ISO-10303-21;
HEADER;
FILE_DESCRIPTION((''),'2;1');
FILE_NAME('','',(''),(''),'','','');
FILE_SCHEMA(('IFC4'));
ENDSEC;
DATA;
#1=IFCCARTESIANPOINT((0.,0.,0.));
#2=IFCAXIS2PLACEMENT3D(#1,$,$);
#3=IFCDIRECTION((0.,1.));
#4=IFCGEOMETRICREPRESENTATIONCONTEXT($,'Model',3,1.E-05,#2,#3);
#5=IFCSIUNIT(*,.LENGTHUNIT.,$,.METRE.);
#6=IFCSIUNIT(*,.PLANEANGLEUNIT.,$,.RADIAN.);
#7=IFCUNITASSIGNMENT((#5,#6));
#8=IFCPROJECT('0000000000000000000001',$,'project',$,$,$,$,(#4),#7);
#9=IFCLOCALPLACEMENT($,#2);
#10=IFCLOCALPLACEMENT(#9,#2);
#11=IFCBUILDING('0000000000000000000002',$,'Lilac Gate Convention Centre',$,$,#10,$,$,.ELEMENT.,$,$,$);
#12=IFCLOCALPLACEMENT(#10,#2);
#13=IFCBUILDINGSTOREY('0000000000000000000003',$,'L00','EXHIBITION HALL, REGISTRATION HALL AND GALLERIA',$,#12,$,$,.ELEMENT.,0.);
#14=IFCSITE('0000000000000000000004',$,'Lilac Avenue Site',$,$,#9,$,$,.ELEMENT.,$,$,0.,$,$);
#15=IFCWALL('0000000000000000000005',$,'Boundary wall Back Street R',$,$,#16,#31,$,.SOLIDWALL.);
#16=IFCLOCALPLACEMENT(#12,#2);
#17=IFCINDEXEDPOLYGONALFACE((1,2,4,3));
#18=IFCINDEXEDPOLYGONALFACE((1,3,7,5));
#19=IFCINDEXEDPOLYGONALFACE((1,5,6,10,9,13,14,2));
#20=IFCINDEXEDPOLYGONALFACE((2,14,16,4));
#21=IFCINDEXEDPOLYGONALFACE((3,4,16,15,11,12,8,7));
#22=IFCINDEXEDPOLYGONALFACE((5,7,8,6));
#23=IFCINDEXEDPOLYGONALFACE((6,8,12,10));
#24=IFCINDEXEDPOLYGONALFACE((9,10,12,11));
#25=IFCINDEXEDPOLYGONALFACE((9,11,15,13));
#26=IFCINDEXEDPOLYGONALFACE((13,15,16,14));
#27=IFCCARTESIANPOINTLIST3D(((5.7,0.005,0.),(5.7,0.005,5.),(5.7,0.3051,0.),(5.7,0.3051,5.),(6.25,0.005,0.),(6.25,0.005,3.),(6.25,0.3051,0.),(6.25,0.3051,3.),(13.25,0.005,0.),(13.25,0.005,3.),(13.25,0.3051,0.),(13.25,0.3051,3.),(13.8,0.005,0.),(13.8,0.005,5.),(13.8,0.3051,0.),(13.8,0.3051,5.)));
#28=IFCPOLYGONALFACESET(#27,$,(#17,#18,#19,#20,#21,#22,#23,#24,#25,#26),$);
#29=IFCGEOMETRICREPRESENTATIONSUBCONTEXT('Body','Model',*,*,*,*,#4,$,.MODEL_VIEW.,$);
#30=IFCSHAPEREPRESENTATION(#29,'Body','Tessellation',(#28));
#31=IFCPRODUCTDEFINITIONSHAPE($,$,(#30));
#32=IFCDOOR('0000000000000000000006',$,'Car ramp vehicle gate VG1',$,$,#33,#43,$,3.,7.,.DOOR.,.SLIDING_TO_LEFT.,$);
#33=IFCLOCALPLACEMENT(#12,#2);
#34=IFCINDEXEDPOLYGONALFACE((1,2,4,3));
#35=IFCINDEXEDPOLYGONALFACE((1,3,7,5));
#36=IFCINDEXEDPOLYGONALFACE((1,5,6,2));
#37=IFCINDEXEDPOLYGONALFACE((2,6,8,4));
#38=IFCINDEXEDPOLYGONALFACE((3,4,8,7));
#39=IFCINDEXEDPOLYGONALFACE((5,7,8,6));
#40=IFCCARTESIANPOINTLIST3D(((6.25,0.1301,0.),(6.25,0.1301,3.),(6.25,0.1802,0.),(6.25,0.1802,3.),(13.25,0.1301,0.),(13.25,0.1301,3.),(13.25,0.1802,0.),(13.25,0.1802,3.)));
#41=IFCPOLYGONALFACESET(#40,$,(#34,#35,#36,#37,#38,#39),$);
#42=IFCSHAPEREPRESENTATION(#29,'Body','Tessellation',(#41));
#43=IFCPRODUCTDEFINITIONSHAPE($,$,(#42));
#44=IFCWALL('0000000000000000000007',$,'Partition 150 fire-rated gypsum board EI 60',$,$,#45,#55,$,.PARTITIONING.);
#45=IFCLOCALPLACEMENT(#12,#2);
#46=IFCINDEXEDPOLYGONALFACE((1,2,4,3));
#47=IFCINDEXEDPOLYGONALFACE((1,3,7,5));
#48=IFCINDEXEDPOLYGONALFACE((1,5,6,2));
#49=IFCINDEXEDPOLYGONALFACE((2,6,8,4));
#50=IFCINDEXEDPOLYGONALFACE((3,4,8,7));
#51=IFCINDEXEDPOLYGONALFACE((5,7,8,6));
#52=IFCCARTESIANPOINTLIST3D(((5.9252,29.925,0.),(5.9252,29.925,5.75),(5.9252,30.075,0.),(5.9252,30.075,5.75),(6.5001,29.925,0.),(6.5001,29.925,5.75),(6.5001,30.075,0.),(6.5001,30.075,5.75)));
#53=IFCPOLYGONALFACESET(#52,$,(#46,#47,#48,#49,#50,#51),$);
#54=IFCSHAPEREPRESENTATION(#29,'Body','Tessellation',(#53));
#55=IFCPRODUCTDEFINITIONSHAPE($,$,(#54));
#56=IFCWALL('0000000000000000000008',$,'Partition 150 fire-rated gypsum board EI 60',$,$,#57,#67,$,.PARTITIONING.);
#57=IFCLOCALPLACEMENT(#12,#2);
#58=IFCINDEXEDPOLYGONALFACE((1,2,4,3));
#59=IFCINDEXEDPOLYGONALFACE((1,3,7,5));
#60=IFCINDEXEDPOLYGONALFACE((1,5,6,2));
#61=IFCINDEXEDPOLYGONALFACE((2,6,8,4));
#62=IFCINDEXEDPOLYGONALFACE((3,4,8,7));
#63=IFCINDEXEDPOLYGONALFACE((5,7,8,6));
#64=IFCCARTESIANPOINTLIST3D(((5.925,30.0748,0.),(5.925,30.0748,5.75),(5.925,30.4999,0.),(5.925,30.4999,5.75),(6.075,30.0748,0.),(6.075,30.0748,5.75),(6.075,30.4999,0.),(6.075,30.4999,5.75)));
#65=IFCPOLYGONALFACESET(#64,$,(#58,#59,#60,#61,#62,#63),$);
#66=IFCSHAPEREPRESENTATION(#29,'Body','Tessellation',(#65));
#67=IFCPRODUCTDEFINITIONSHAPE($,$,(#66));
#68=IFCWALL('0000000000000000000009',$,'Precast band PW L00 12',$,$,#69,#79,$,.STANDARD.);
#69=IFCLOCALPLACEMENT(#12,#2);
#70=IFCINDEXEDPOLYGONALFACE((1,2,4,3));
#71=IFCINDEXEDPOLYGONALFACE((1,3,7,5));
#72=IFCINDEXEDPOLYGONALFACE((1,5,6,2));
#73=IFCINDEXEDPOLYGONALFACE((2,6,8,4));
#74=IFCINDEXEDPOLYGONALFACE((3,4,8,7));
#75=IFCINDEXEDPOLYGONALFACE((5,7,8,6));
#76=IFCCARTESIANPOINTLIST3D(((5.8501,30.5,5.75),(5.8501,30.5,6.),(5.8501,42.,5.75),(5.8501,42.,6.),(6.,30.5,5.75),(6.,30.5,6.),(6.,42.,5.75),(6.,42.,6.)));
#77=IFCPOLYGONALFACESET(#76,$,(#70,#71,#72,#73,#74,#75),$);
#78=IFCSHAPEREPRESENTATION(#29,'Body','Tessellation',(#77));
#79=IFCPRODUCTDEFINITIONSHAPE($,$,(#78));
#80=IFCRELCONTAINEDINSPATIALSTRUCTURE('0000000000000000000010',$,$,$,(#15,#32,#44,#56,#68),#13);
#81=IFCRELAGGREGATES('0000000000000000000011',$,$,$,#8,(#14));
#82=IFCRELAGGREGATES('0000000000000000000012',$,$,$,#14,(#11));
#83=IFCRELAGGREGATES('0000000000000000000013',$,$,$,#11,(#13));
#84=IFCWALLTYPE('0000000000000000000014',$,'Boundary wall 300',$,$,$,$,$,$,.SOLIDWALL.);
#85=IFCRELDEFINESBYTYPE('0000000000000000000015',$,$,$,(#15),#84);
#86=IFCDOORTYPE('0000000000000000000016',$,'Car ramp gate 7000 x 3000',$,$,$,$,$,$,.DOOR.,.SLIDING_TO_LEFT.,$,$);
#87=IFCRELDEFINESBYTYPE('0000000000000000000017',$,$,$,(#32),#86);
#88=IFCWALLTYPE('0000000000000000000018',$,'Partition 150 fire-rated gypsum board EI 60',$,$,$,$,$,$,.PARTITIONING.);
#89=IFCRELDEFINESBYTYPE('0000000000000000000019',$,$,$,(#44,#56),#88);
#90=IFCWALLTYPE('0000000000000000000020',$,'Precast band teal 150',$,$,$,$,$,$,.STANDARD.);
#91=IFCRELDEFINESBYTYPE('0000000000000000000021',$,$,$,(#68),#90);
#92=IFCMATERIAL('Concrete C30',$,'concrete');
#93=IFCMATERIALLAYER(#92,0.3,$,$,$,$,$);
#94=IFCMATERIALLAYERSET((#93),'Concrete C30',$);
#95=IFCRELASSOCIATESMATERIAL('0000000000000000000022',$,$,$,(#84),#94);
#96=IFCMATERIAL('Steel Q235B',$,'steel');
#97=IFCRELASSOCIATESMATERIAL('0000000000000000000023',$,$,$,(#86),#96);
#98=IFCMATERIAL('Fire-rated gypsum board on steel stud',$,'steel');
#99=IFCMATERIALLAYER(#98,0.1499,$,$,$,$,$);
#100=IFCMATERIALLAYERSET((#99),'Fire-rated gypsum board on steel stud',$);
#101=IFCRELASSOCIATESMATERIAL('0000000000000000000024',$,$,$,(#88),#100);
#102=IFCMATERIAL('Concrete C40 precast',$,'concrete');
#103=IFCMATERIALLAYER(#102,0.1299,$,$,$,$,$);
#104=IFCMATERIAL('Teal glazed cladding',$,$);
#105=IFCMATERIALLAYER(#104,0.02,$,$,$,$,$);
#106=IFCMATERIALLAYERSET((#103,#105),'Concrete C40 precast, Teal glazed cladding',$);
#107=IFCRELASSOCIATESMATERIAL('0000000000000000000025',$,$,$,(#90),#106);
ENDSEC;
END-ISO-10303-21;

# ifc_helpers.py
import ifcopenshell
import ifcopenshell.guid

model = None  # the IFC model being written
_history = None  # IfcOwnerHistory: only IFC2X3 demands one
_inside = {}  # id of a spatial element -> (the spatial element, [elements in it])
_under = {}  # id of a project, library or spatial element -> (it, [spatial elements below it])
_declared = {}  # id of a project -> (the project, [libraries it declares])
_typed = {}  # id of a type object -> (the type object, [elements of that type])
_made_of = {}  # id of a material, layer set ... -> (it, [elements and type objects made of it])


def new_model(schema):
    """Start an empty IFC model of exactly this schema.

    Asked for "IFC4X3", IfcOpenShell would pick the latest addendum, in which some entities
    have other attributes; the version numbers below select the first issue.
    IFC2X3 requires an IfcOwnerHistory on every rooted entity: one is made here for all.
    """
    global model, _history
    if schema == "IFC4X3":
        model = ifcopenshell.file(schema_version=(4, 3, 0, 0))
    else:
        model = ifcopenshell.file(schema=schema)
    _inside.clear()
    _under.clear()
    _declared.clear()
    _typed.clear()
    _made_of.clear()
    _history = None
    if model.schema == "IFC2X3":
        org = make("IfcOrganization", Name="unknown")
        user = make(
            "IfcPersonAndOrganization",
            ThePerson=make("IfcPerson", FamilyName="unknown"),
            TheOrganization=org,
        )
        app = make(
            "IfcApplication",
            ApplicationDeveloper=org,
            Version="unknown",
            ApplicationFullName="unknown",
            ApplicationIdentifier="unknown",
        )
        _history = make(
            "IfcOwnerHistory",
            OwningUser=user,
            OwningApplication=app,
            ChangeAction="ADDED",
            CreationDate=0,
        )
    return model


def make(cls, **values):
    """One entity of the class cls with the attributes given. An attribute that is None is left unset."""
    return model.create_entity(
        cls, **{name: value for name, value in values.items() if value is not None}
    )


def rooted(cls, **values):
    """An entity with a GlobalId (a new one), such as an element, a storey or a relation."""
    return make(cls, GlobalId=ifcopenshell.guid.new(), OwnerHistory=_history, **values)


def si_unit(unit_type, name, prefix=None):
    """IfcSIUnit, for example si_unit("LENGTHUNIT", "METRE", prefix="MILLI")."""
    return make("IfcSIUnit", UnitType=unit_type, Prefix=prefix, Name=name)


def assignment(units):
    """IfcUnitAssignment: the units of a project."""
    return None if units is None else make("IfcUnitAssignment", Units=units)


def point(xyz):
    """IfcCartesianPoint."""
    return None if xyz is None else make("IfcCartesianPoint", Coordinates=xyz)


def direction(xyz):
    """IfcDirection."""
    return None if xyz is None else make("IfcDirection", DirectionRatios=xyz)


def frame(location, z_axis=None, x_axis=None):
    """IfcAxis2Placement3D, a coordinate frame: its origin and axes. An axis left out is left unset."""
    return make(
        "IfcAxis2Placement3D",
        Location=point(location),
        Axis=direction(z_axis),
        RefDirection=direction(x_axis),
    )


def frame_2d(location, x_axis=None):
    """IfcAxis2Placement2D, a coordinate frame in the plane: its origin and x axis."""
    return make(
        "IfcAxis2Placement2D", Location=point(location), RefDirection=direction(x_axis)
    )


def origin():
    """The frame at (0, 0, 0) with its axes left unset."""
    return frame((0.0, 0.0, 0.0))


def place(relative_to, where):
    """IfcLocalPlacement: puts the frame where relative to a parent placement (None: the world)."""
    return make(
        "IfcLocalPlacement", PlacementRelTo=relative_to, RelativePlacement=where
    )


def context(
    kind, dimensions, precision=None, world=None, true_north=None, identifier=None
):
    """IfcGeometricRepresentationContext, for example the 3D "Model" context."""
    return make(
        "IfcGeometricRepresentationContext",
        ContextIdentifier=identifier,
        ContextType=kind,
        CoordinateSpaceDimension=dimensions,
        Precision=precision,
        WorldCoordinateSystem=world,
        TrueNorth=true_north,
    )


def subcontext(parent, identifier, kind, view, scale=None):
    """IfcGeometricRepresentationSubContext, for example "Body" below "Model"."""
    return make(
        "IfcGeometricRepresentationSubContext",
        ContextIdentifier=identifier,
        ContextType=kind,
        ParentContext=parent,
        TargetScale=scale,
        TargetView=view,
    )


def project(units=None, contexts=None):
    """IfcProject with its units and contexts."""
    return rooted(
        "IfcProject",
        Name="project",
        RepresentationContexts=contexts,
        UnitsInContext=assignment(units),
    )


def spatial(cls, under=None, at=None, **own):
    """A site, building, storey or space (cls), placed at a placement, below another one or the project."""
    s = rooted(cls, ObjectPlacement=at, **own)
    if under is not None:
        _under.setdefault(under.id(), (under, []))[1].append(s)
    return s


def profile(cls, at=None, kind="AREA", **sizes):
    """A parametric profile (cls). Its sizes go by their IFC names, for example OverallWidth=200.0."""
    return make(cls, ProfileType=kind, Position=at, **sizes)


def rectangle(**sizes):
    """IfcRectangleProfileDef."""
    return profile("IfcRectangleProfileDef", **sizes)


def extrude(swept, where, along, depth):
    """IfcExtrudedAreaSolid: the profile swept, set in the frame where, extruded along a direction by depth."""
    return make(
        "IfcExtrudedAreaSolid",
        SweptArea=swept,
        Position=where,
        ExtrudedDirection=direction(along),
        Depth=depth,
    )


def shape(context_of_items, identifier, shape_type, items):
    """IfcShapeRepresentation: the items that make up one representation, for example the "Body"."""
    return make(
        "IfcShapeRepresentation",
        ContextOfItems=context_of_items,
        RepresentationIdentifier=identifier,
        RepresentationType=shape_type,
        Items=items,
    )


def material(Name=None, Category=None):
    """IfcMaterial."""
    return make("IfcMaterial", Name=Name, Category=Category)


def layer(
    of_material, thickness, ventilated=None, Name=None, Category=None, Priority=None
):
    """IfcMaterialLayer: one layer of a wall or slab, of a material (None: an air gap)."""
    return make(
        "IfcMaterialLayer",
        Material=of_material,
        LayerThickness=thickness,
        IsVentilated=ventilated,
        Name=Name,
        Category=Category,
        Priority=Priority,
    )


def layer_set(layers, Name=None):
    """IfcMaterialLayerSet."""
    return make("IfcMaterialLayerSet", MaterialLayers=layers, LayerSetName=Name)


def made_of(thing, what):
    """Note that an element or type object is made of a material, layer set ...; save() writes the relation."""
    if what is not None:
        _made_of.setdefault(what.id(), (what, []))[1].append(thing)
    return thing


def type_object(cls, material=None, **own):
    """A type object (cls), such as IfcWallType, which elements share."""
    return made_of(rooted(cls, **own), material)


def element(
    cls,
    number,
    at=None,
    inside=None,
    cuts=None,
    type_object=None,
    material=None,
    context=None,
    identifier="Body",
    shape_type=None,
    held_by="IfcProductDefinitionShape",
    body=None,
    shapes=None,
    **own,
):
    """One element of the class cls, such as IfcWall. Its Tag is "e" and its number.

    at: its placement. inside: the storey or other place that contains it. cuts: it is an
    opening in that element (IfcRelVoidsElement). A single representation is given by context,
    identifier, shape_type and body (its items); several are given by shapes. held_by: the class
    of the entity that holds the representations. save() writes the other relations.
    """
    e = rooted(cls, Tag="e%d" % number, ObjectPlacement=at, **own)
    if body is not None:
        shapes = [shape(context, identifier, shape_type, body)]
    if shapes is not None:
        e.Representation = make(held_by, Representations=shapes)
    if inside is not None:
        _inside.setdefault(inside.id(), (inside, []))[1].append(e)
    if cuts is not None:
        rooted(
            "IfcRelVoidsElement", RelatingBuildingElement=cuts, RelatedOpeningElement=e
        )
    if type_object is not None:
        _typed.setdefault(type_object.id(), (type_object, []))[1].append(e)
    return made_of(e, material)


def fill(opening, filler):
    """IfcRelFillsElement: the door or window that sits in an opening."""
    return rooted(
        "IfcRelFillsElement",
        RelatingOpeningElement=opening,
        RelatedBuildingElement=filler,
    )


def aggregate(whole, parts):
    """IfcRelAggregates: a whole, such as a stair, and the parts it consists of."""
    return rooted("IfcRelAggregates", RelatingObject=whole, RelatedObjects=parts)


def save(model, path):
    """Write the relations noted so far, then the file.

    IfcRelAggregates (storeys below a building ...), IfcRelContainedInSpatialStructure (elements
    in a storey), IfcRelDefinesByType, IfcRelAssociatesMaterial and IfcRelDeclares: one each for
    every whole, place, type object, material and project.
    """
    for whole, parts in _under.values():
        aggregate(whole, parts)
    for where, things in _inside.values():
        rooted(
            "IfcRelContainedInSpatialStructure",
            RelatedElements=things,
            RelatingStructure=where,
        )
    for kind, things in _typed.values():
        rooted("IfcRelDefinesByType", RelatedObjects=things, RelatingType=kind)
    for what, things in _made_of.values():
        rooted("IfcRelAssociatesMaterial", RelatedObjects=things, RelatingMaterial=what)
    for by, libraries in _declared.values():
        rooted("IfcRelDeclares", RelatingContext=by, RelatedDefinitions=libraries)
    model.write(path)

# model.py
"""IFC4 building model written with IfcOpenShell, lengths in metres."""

from ifc_helpers import new_model, si_unit, direction, frame, frame_2d, origin, place, context, subcontext, project, spatial, rectangle, extrude, material, layer, layer_set, type_object, element, fill, save


model = new_model("IFC4")

# Units and contexts
model_context = context("Model", 3, precision=1e-05, world=origin(), true_north=direction((0.0, 1.0)))
body_context = subcontext(model_context, "Body", "Model", "MODEL_VIEW")
ifc_project = project(units=[si_unit("LENGTHUNIT", "METRE"), si_unit("PLANEANGLEUNIT", "RADIAN")], contexts=[model_context])

# Site, building, storey
site_placement = place(None, origin())
site = spatial("IfcSite", under=ifc_project, at=site_placement, Name="Lilac Avenue Site", CompositionType="ELEMENT", RefElevation=0.0)
building_placement = place(site_placement, origin())
building = spatial("IfcBuilding", under=site, at=building_placement, Name="Lilac Gate Convention Centre", CompositionType="ELEMENT")
storey_placement = place(building_placement, origin())
storey = spatial("IfcBuildingStorey", under=building, at=storey_placement, Name="L00", Description="EXHIBITION HALL, REGISTRATION HALL AND GALLERIA", CompositionType="ELEMENT", Elevation=0.0)

# Wall, opening, door
ifc_material_1 = material(Name="Concrete C30", Category="concrete")
ifc_layer_1 = layer(ifc_material_1, 0.3)
ifc_layer_set_1 = layer_set([ifc_layer_1], Name="Concrete C30")
wall_type_1 = type_object("IfcWallType", Name="Boundary wall 300", PredefinedType="SOLIDWALL", material=ifc_layer_set_1)
ifc_material_2 = material(Name="Steel Q235B", Category="steel")
wall_1_placement = place(storey_placement, frame((5.7, 0.155, 0.0), z_axis=(0.0, 0.0, 1.0), x_axis=(1.0, 0.0, 0.0)))
wall_1 = element("IfcWall", 1, at=wall_1_placement, inside=storey, type_object=wall_type_1, Name="Boundary wall Back Street R", PredefinedType="SOLIDWALL", context=body_context, shape_type="SweptSolid", body=[
    extrude(rectangle(XDim=8.1001, YDim=0.3, at=frame_2d((4.05, 0.0))), origin(), (0.0, 0.0, 1.0), 5.0),
])
opening_1_placement = place(wall_1_placement, frame((0.55, 0.0, 0.0)))
opening_1 = element("IfcOpeningElement", 2, at=opening_1_placement, cuts=wall_1, PredefinedType="OPENING", context=body_context, shape_type="SweptSolid", body=[
    extrude(rectangle(XDim=7.0, YDim=3.0, at=frame_2d((3.5, 1.5))), frame((0.0, 0.1599, 0.0), z_axis=(0.0, -1.0, 0.0), x_axis=(1.0, 0.0, 0.0)), (0.0, 0.0, 1.0), 0.3201),
])
door_type_1 = type_object("IfcDoorType", Name="Car ramp gate 7000 x 3000", OperationType="SLIDING_TO_LEFT", PredefinedType="DOOR", material=ifc_material_2)
door_1_placement = place(opening_1_placement, frame((7.0, 0.0, 0.0), z_axis=(0.0, 0.0, 1.0), x_axis=(-1.0, 0.0, 0.0)))
door_1 = element("IfcDoor", 3, at=door_1_placement, inside=storey, type_object=door_type_1, Name="Car ramp vehicle gate VG1", OperationType="SLIDING_TO_LEFT", OverallHeight=3.0, OverallWidth=7.0, PredefinedType="DOOR", context=body_context, shape_type="SweptSolid", body=[
    extrude(rectangle(XDim=7.0, YDim=3.0, at=frame_2d((3.5, 1.5))), frame((0.0, 0.0249, 0.0), z_axis=(0.0, -1.0, 0.0), x_axis=(1.0, 0.0, 0.0)), (0.0, 0.0, 1.0), 0.05),
])
fill(opening_1, door_1)

# Walls
ifc_material_3 = material(Name="Fire-rated gypsum board on steel stud", Category="steel")
ifc_layer_2 = layer(ifc_material_3, 0.1499)
ifc_layer_set_2 = layer_set([ifc_layer_2], Name="Fire-rated gypsum board on steel stud")
wall_type_2 = type_object("IfcWallType", Name="Partition 150 fire-rated gypsum board EI 60", PredefinedType="PARTITIONING", material=ifc_layer_set_2)
wall_2_placement = place(storey_placement, frame((5.925, 30.0, 0.0), z_axis=(0.0, 0.0, 1.0), x_axis=(1.0, 0.0, 0.0)))
element("IfcWall", 4, at=wall_2_placement, inside=storey, type_object=wall_type_2, Name="Partition 150 fire-rated gypsum board EI 60", PredefinedType="PARTITIONING", context=body_context, shape_type="SweptSolid", body=[
    extrude(rectangle(XDim=0.575, YDim=0.1499, at=frame_2d((0.2876, 0.0))), origin(), (0.0, 0.0, 1.0), 5.75),
])
wall_3_placement = place(storey_placement, frame((6.0, 30.075, 0.0), z_axis=(0.0, 0.0, 1.0), x_axis=(0.0, 1.0, 0.0)))
element("IfcWall", 5, at=wall_3_placement, inside=storey, type_object=wall_type_2, Name="Partition 150 fire-rated gypsum board EI 60", PredefinedType="PARTITIONING", context=body_context, shape_type="SweptSolid", body=[
    extrude(rectangle(XDim=0.425, YDim=0.1499, at=frame_2d((0.2124, 0.0))), origin(), (0.0, 0.0, 1.0), 5.75),
])
ifc_material_4 = material(Name="Concrete C40 precast", Category="concrete")
ifc_layer_3 = layer(ifc_material_4, 0.1299)
ifc_material_5 = material(Name="Teal glazed cladding")
ifc_layer_4 = layer(ifc_material_5, 0.02)
ifc_layer_set_3 = layer_set([ifc_layer_3, ifc_layer_4], Name="Concrete C40 precast, Teal glazed cladding")
wall_type_3 = type_object("IfcWallType", Name="Precast band teal 150", PredefinedType="STANDARD", material=ifc_layer_set_3)
wall_4_placement = place(storey_placement, frame((5.925, 42.0, 5.75), z_axis=(0.0, 0.0, 1.0), x_axis=(0.0, -1.0, 0.0)))
element("IfcWall", 6, at=wall_4_placement, inside=storey, type_object=wall_type_3, Name="Precast band PW L00 12", PredefinedType="STANDARD", context=body_context, shape_type="SweptSolid", body=[
    extrude(rectangle(XDim=11.5, YDim=0.1499, at=frame_2d((5.75, 0.0))), origin(), (0.0, 0.0, 1.0), 0.25),
])

save(model, "model.ifc")
